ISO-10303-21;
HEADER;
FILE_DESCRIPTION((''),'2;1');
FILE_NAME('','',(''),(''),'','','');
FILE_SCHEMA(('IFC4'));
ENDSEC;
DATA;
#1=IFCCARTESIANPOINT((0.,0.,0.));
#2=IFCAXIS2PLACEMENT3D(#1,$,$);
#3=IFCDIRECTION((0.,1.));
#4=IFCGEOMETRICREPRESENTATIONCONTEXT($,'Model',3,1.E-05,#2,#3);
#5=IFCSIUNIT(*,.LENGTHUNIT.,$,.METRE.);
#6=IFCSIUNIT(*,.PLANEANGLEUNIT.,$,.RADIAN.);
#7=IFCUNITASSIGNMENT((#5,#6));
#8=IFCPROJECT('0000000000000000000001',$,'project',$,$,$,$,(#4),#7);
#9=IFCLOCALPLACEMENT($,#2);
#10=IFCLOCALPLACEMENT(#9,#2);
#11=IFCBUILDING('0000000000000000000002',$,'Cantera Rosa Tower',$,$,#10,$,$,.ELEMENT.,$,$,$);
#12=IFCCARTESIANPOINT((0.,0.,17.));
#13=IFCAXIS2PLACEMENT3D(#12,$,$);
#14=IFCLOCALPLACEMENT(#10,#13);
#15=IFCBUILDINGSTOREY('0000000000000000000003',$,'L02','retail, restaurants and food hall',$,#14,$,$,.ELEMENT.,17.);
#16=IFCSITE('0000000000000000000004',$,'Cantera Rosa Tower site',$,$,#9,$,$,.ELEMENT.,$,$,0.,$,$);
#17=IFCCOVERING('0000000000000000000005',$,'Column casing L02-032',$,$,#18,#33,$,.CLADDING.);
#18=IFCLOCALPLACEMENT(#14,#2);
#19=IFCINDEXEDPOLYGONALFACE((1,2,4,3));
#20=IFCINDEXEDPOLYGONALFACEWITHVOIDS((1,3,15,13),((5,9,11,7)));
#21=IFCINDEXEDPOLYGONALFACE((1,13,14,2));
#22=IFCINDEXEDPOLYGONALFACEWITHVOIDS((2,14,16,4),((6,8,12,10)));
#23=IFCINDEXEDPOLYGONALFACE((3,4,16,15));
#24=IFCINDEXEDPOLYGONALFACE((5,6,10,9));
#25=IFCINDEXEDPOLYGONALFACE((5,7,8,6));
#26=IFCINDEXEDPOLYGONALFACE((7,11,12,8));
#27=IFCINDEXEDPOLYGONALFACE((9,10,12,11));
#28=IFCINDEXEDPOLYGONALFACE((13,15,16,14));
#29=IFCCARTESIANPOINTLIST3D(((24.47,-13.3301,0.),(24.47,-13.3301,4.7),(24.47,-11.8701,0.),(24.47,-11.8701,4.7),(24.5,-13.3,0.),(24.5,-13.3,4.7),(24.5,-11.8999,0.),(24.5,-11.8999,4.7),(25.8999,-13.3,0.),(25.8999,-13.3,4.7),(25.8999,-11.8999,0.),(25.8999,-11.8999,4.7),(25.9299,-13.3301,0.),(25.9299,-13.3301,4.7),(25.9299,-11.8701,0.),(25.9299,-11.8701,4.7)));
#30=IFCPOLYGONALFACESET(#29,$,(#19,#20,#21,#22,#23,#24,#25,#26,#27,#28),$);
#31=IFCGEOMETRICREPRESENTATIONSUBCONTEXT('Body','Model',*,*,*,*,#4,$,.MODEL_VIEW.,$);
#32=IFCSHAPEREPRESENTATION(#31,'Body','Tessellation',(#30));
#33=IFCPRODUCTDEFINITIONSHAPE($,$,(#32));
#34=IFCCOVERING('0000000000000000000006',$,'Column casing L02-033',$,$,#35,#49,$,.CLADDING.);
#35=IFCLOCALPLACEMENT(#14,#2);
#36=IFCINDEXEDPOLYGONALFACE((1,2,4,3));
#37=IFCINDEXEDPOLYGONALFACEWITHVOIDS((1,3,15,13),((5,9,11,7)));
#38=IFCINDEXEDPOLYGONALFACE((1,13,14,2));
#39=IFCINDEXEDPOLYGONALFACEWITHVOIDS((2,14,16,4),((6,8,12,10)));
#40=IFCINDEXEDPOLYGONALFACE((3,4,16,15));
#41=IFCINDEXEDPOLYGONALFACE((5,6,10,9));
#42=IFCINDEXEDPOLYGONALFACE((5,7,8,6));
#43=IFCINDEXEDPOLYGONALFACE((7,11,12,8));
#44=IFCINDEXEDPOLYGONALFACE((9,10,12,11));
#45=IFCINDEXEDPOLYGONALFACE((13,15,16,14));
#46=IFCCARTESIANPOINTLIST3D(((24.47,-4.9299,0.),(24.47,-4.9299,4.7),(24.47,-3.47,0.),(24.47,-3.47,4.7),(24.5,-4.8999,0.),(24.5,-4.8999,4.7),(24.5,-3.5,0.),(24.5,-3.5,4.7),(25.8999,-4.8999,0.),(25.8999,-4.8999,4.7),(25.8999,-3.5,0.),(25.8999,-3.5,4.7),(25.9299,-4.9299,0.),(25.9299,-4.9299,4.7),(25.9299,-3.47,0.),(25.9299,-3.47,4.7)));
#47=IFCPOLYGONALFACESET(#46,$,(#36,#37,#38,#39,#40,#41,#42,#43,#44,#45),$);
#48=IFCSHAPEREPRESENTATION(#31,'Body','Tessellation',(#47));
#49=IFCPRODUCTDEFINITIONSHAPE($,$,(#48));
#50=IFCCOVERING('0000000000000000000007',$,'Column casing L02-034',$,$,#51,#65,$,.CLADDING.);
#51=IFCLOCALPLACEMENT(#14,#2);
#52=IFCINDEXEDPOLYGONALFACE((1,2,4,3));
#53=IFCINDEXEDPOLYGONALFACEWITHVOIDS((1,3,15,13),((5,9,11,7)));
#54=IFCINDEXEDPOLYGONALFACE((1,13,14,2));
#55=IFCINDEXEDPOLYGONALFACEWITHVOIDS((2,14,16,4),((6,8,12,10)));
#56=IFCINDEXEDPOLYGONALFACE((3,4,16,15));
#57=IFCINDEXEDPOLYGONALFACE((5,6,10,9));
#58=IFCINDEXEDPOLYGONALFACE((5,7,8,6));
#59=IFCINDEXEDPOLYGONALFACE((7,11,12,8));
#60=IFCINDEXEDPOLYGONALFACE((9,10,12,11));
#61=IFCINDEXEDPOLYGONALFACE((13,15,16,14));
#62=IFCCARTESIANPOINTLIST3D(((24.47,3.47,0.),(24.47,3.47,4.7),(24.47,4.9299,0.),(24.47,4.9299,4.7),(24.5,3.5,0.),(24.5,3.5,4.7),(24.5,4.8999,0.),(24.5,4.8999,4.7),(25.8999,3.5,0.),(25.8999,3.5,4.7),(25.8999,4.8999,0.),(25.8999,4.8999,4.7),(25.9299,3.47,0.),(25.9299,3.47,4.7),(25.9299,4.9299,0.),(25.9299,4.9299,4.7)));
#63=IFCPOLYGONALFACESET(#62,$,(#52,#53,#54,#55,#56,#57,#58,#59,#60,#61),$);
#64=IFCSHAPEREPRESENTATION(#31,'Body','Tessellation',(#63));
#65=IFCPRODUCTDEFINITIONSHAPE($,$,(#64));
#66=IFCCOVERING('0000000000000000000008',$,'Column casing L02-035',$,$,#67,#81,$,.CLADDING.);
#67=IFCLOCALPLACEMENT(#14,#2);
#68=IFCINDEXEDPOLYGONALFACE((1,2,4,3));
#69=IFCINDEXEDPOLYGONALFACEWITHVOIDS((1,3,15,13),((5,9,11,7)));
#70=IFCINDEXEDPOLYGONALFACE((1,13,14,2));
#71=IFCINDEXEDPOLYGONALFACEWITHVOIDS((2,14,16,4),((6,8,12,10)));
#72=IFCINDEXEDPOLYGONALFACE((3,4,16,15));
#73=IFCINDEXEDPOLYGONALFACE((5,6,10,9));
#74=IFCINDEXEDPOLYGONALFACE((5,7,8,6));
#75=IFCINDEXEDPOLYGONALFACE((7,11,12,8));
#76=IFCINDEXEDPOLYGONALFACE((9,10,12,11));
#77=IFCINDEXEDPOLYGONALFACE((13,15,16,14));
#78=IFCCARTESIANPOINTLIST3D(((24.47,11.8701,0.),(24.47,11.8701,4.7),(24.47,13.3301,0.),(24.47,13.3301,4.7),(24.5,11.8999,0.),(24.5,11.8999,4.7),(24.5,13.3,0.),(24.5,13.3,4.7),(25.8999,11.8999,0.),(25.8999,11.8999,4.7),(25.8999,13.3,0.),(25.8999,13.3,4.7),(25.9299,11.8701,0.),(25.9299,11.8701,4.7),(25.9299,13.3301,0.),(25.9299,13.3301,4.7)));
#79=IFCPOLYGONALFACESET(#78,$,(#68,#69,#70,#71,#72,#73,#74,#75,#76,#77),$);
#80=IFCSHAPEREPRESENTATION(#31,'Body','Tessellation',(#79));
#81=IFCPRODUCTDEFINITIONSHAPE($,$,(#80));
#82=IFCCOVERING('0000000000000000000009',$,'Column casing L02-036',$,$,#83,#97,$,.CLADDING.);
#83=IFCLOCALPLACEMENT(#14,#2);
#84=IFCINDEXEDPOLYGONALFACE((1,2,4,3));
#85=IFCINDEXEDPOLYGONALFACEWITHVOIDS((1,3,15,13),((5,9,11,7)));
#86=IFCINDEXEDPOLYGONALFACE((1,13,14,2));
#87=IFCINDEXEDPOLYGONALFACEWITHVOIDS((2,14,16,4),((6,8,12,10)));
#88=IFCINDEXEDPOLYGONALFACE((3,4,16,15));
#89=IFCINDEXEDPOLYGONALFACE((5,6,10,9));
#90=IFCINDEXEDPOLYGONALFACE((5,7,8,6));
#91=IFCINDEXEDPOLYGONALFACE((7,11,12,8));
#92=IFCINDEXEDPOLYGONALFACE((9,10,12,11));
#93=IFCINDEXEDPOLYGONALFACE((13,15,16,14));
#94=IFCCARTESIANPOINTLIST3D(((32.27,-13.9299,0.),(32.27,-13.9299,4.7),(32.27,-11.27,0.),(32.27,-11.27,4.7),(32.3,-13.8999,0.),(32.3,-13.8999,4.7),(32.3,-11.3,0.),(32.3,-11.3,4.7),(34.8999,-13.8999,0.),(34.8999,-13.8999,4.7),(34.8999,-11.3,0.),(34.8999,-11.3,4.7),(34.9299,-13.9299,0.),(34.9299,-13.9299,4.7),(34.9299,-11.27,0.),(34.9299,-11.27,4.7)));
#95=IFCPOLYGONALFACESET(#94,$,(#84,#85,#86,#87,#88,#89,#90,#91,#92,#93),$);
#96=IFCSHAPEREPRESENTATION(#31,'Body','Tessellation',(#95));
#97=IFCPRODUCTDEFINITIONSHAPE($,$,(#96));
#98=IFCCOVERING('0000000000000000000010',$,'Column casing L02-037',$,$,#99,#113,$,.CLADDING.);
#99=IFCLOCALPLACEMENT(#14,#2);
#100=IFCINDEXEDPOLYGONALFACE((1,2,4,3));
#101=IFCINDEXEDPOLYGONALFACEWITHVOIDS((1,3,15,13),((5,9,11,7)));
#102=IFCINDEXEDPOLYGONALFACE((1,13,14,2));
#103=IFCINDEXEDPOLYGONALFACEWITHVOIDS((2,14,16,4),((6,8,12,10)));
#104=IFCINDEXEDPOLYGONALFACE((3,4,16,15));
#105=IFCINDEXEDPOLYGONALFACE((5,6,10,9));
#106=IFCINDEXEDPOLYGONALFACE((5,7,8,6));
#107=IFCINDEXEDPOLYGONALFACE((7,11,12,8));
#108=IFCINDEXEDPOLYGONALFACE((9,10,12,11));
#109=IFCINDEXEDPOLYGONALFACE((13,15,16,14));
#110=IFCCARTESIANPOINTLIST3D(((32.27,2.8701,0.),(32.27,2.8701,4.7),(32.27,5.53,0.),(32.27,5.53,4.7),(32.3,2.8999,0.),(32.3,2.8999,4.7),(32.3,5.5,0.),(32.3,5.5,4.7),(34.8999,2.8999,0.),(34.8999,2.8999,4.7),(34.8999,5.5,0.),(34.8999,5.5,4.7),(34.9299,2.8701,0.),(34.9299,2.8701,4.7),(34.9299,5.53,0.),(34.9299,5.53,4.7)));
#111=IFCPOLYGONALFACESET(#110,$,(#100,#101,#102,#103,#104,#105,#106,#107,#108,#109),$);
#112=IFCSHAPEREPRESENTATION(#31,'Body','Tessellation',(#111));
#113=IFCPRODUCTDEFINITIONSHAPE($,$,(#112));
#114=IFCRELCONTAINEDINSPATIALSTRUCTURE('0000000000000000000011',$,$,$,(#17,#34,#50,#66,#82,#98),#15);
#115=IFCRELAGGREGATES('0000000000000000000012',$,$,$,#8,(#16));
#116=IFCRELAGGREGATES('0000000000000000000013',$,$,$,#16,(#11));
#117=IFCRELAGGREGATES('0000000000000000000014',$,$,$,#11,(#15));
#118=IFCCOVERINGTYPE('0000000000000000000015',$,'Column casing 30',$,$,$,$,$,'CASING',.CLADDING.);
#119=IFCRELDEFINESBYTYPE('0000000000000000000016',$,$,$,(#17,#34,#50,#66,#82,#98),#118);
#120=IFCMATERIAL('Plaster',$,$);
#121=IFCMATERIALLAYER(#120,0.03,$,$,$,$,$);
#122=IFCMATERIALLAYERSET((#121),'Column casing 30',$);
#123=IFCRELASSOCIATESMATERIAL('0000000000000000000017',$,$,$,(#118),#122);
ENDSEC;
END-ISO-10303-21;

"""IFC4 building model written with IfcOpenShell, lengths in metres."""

from ifc_helpers import new_model, si_unit, direction, frame, origin, place, context, subcontext, project, spatial, polyline, outline, extrude, material, layer, layer_set, type_object, element, save


model = new_model("IFC4")

# Units and contexts
model_context = context("Model", 3, precision=1e-05, world=origin(), true_north=direction((0.0, 1.0)))
body_context = subcontext(model_context, "Body", "Model", "MODEL_VIEW")
ifc_project = project(units=[si_unit("LENGTHUNIT", "METRE"), si_unit("PLANEANGLEUNIT", "RADIAN")], contexts=[model_context])

# Site, building, storey
site_placement = place(None, origin())
site = spatial("IfcSite", under=ifc_project, at=site_placement, Name="Cantera Rosa Tower site", CompositionType="ELEMENT", RefElevation=0.0)
building_placement = place(site_placement, origin())
building = spatial("IfcBuilding", under=site, at=building_placement, Name="Cantera Rosa Tower", CompositionType="ELEMENT")
storey_placement = place(building_placement, frame((0.0, 0.0, 17.0)))
storey = spatial("IfcBuildingStorey", under=building, at=storey_placement, Name="L02", Description="retail, restaurants and food hall", CompositionType="ELEMENT", Elevation=17.0)

# Coverings
ifc_material_1 = material(Name="Plaster")
ifc_layer_1 = layer(ifc_material_1, 0.03)
ifc_layer_set_1 = layer_set([ifc_layer_1], Name="Column casing 30")
covering_type = type_object("IfcCoveringType", Name="Column casing 30", ElementType="CASING", PredefinedType="CLADDING", material=ifc_layer_set_1)
covering_1_placement = place(storey_placement, origin())
element("IfcCovering", 1, at=covering_1_placement, inside=storey, type_object=covering_type, Name="Column casing L02-032", PredefinedType="CLADDING", context=body_context, shape_type="SweptSolid", body=[
    extrude(outline(polyline([(24.47, -13.3301), (25.9299, -13.3301), (25.9299, -11.8701), (24.47, -11.8701), (24.47, -13.3301)]), holes=[polyline([(25.8999, -11.8999), (24.5, -11.8999), (24.5, -13.3), (25.8999, -13.3), (25.8999, -11.8999)])]), origin(), (0.0, 0.0, 1.0), 4.7),
])
covering_2_placement = place(storey_placement, origin())
element("IfcCovering", 2, at=covering_2_placement, inside=storey, type_object=covering_type, Name="Column casing L02-033", PredefinedType="CLADDING", context=body_context, shape_type="SweptSolid", body=[
    extrude(outline(polyline([(24.47, -4.9299), (25.9299, -4.9299), (25.9299, -3.47), (24.47, -3.47), (24.47, -4.9299)]), holes=[polyline([(25.8999, -3.5), (24.5, -3.5), (24.5, -4.8999), (25.8999, -4.8999), (25.8999, -3.5)])]), origin(), (0.0, 0.0, 1.0), 4.7),
])
covering_3_placement = place(storey_placement, origin())
element("IfcCovering", 3, at=covering_3_placement, inside=storey, type_object=covering_type, Name="Column casing L02-034", PredefinedType="CLADDING", context=body_context, shape_type="SweptSolid", body=[
    extrude(outline(polyline([(24.47, 3.47), (25.9299, 3.47), (25.9299, 4.9299), (24.47, 4.9299), (24.47, 3.47)]), holes=[polyline([(25.8999, 4.8999), (24.5, 4.8999), (24.5, 3.5), (25.8999, 3.5), (25.8999, 4.8999)])]), origin(), (0.0, 0.0, 1.0), 4.7),
])
covering_4_placement = place(storey_placement, origin())
element("IfcCovering", 4, at=covering_4_placement, inside=storey, type_object=covering_type, Name="Column casing L02-035", PredefinedType="CLADDING", context=body_context, shape_type="SweptSolid", body=[
    extrude(outline(polyline([(24.47, 11.8701), (25.9299, 11.8701), (25.9299, 13.3301), (24.47, 13.3301), (24.47, 11.8701)]), holes=[polyline([(25.8999, 13.3), (24.5, 13.3), (24.5, 11.8999), (25.8999, 11.8999), (25.8999, 13.3)])]), origin(), (0.0, 0.0, 1.0), 4.7),
])
covering_5_placement = place(storey_placement, origin())
element("IfcCovering", 5, at=covering_5_placement, inside=storey, type_object=covering_type, Name="Column casing L02-036", PredefinedType="CLADDING", context=body_context, shape_type="SweptSolid", body=[
    extrude(outline(polyline([(32.27, -13.9299), (34.9299, -13.9299), (34.9299, -11.27), (32.27, -11.27), (32.27, -13.9299)]), holes=[polyline([(34.8999, -11.3), (32.3, -11.3), (32.3, -13.8999), (34.8999, -13.8999), (34.8999, -11.3)])]), origin(), (0.0, 0.0, 1.0), 4.7),
])
covering_6_placement = place(storey_placement, origin())
element("IfcCovering", 6, at=covering_6_placement, inside=storey, type_object=covering_type, Name="Column casing L02-037", PredefinedType="CLADDING", context=body_context, shape_type="SweptSolid", body=[
    extrude(outline(polyline([(32.27, 2.8701), (34.9299, 2.8701), (34.9299, 5.53), (32.27, 5.53), (32.27, 2.8701)]), holes=[polyline([(34.8999, 5.5), (32.3, 5.5), (32.3, 2.8999), (34.8999, 2.8999), (34.8999, 5.5)])]), origin(), (0.0, 0.0, 1.0), 4.7),
])

save(model, "model.ifc")
